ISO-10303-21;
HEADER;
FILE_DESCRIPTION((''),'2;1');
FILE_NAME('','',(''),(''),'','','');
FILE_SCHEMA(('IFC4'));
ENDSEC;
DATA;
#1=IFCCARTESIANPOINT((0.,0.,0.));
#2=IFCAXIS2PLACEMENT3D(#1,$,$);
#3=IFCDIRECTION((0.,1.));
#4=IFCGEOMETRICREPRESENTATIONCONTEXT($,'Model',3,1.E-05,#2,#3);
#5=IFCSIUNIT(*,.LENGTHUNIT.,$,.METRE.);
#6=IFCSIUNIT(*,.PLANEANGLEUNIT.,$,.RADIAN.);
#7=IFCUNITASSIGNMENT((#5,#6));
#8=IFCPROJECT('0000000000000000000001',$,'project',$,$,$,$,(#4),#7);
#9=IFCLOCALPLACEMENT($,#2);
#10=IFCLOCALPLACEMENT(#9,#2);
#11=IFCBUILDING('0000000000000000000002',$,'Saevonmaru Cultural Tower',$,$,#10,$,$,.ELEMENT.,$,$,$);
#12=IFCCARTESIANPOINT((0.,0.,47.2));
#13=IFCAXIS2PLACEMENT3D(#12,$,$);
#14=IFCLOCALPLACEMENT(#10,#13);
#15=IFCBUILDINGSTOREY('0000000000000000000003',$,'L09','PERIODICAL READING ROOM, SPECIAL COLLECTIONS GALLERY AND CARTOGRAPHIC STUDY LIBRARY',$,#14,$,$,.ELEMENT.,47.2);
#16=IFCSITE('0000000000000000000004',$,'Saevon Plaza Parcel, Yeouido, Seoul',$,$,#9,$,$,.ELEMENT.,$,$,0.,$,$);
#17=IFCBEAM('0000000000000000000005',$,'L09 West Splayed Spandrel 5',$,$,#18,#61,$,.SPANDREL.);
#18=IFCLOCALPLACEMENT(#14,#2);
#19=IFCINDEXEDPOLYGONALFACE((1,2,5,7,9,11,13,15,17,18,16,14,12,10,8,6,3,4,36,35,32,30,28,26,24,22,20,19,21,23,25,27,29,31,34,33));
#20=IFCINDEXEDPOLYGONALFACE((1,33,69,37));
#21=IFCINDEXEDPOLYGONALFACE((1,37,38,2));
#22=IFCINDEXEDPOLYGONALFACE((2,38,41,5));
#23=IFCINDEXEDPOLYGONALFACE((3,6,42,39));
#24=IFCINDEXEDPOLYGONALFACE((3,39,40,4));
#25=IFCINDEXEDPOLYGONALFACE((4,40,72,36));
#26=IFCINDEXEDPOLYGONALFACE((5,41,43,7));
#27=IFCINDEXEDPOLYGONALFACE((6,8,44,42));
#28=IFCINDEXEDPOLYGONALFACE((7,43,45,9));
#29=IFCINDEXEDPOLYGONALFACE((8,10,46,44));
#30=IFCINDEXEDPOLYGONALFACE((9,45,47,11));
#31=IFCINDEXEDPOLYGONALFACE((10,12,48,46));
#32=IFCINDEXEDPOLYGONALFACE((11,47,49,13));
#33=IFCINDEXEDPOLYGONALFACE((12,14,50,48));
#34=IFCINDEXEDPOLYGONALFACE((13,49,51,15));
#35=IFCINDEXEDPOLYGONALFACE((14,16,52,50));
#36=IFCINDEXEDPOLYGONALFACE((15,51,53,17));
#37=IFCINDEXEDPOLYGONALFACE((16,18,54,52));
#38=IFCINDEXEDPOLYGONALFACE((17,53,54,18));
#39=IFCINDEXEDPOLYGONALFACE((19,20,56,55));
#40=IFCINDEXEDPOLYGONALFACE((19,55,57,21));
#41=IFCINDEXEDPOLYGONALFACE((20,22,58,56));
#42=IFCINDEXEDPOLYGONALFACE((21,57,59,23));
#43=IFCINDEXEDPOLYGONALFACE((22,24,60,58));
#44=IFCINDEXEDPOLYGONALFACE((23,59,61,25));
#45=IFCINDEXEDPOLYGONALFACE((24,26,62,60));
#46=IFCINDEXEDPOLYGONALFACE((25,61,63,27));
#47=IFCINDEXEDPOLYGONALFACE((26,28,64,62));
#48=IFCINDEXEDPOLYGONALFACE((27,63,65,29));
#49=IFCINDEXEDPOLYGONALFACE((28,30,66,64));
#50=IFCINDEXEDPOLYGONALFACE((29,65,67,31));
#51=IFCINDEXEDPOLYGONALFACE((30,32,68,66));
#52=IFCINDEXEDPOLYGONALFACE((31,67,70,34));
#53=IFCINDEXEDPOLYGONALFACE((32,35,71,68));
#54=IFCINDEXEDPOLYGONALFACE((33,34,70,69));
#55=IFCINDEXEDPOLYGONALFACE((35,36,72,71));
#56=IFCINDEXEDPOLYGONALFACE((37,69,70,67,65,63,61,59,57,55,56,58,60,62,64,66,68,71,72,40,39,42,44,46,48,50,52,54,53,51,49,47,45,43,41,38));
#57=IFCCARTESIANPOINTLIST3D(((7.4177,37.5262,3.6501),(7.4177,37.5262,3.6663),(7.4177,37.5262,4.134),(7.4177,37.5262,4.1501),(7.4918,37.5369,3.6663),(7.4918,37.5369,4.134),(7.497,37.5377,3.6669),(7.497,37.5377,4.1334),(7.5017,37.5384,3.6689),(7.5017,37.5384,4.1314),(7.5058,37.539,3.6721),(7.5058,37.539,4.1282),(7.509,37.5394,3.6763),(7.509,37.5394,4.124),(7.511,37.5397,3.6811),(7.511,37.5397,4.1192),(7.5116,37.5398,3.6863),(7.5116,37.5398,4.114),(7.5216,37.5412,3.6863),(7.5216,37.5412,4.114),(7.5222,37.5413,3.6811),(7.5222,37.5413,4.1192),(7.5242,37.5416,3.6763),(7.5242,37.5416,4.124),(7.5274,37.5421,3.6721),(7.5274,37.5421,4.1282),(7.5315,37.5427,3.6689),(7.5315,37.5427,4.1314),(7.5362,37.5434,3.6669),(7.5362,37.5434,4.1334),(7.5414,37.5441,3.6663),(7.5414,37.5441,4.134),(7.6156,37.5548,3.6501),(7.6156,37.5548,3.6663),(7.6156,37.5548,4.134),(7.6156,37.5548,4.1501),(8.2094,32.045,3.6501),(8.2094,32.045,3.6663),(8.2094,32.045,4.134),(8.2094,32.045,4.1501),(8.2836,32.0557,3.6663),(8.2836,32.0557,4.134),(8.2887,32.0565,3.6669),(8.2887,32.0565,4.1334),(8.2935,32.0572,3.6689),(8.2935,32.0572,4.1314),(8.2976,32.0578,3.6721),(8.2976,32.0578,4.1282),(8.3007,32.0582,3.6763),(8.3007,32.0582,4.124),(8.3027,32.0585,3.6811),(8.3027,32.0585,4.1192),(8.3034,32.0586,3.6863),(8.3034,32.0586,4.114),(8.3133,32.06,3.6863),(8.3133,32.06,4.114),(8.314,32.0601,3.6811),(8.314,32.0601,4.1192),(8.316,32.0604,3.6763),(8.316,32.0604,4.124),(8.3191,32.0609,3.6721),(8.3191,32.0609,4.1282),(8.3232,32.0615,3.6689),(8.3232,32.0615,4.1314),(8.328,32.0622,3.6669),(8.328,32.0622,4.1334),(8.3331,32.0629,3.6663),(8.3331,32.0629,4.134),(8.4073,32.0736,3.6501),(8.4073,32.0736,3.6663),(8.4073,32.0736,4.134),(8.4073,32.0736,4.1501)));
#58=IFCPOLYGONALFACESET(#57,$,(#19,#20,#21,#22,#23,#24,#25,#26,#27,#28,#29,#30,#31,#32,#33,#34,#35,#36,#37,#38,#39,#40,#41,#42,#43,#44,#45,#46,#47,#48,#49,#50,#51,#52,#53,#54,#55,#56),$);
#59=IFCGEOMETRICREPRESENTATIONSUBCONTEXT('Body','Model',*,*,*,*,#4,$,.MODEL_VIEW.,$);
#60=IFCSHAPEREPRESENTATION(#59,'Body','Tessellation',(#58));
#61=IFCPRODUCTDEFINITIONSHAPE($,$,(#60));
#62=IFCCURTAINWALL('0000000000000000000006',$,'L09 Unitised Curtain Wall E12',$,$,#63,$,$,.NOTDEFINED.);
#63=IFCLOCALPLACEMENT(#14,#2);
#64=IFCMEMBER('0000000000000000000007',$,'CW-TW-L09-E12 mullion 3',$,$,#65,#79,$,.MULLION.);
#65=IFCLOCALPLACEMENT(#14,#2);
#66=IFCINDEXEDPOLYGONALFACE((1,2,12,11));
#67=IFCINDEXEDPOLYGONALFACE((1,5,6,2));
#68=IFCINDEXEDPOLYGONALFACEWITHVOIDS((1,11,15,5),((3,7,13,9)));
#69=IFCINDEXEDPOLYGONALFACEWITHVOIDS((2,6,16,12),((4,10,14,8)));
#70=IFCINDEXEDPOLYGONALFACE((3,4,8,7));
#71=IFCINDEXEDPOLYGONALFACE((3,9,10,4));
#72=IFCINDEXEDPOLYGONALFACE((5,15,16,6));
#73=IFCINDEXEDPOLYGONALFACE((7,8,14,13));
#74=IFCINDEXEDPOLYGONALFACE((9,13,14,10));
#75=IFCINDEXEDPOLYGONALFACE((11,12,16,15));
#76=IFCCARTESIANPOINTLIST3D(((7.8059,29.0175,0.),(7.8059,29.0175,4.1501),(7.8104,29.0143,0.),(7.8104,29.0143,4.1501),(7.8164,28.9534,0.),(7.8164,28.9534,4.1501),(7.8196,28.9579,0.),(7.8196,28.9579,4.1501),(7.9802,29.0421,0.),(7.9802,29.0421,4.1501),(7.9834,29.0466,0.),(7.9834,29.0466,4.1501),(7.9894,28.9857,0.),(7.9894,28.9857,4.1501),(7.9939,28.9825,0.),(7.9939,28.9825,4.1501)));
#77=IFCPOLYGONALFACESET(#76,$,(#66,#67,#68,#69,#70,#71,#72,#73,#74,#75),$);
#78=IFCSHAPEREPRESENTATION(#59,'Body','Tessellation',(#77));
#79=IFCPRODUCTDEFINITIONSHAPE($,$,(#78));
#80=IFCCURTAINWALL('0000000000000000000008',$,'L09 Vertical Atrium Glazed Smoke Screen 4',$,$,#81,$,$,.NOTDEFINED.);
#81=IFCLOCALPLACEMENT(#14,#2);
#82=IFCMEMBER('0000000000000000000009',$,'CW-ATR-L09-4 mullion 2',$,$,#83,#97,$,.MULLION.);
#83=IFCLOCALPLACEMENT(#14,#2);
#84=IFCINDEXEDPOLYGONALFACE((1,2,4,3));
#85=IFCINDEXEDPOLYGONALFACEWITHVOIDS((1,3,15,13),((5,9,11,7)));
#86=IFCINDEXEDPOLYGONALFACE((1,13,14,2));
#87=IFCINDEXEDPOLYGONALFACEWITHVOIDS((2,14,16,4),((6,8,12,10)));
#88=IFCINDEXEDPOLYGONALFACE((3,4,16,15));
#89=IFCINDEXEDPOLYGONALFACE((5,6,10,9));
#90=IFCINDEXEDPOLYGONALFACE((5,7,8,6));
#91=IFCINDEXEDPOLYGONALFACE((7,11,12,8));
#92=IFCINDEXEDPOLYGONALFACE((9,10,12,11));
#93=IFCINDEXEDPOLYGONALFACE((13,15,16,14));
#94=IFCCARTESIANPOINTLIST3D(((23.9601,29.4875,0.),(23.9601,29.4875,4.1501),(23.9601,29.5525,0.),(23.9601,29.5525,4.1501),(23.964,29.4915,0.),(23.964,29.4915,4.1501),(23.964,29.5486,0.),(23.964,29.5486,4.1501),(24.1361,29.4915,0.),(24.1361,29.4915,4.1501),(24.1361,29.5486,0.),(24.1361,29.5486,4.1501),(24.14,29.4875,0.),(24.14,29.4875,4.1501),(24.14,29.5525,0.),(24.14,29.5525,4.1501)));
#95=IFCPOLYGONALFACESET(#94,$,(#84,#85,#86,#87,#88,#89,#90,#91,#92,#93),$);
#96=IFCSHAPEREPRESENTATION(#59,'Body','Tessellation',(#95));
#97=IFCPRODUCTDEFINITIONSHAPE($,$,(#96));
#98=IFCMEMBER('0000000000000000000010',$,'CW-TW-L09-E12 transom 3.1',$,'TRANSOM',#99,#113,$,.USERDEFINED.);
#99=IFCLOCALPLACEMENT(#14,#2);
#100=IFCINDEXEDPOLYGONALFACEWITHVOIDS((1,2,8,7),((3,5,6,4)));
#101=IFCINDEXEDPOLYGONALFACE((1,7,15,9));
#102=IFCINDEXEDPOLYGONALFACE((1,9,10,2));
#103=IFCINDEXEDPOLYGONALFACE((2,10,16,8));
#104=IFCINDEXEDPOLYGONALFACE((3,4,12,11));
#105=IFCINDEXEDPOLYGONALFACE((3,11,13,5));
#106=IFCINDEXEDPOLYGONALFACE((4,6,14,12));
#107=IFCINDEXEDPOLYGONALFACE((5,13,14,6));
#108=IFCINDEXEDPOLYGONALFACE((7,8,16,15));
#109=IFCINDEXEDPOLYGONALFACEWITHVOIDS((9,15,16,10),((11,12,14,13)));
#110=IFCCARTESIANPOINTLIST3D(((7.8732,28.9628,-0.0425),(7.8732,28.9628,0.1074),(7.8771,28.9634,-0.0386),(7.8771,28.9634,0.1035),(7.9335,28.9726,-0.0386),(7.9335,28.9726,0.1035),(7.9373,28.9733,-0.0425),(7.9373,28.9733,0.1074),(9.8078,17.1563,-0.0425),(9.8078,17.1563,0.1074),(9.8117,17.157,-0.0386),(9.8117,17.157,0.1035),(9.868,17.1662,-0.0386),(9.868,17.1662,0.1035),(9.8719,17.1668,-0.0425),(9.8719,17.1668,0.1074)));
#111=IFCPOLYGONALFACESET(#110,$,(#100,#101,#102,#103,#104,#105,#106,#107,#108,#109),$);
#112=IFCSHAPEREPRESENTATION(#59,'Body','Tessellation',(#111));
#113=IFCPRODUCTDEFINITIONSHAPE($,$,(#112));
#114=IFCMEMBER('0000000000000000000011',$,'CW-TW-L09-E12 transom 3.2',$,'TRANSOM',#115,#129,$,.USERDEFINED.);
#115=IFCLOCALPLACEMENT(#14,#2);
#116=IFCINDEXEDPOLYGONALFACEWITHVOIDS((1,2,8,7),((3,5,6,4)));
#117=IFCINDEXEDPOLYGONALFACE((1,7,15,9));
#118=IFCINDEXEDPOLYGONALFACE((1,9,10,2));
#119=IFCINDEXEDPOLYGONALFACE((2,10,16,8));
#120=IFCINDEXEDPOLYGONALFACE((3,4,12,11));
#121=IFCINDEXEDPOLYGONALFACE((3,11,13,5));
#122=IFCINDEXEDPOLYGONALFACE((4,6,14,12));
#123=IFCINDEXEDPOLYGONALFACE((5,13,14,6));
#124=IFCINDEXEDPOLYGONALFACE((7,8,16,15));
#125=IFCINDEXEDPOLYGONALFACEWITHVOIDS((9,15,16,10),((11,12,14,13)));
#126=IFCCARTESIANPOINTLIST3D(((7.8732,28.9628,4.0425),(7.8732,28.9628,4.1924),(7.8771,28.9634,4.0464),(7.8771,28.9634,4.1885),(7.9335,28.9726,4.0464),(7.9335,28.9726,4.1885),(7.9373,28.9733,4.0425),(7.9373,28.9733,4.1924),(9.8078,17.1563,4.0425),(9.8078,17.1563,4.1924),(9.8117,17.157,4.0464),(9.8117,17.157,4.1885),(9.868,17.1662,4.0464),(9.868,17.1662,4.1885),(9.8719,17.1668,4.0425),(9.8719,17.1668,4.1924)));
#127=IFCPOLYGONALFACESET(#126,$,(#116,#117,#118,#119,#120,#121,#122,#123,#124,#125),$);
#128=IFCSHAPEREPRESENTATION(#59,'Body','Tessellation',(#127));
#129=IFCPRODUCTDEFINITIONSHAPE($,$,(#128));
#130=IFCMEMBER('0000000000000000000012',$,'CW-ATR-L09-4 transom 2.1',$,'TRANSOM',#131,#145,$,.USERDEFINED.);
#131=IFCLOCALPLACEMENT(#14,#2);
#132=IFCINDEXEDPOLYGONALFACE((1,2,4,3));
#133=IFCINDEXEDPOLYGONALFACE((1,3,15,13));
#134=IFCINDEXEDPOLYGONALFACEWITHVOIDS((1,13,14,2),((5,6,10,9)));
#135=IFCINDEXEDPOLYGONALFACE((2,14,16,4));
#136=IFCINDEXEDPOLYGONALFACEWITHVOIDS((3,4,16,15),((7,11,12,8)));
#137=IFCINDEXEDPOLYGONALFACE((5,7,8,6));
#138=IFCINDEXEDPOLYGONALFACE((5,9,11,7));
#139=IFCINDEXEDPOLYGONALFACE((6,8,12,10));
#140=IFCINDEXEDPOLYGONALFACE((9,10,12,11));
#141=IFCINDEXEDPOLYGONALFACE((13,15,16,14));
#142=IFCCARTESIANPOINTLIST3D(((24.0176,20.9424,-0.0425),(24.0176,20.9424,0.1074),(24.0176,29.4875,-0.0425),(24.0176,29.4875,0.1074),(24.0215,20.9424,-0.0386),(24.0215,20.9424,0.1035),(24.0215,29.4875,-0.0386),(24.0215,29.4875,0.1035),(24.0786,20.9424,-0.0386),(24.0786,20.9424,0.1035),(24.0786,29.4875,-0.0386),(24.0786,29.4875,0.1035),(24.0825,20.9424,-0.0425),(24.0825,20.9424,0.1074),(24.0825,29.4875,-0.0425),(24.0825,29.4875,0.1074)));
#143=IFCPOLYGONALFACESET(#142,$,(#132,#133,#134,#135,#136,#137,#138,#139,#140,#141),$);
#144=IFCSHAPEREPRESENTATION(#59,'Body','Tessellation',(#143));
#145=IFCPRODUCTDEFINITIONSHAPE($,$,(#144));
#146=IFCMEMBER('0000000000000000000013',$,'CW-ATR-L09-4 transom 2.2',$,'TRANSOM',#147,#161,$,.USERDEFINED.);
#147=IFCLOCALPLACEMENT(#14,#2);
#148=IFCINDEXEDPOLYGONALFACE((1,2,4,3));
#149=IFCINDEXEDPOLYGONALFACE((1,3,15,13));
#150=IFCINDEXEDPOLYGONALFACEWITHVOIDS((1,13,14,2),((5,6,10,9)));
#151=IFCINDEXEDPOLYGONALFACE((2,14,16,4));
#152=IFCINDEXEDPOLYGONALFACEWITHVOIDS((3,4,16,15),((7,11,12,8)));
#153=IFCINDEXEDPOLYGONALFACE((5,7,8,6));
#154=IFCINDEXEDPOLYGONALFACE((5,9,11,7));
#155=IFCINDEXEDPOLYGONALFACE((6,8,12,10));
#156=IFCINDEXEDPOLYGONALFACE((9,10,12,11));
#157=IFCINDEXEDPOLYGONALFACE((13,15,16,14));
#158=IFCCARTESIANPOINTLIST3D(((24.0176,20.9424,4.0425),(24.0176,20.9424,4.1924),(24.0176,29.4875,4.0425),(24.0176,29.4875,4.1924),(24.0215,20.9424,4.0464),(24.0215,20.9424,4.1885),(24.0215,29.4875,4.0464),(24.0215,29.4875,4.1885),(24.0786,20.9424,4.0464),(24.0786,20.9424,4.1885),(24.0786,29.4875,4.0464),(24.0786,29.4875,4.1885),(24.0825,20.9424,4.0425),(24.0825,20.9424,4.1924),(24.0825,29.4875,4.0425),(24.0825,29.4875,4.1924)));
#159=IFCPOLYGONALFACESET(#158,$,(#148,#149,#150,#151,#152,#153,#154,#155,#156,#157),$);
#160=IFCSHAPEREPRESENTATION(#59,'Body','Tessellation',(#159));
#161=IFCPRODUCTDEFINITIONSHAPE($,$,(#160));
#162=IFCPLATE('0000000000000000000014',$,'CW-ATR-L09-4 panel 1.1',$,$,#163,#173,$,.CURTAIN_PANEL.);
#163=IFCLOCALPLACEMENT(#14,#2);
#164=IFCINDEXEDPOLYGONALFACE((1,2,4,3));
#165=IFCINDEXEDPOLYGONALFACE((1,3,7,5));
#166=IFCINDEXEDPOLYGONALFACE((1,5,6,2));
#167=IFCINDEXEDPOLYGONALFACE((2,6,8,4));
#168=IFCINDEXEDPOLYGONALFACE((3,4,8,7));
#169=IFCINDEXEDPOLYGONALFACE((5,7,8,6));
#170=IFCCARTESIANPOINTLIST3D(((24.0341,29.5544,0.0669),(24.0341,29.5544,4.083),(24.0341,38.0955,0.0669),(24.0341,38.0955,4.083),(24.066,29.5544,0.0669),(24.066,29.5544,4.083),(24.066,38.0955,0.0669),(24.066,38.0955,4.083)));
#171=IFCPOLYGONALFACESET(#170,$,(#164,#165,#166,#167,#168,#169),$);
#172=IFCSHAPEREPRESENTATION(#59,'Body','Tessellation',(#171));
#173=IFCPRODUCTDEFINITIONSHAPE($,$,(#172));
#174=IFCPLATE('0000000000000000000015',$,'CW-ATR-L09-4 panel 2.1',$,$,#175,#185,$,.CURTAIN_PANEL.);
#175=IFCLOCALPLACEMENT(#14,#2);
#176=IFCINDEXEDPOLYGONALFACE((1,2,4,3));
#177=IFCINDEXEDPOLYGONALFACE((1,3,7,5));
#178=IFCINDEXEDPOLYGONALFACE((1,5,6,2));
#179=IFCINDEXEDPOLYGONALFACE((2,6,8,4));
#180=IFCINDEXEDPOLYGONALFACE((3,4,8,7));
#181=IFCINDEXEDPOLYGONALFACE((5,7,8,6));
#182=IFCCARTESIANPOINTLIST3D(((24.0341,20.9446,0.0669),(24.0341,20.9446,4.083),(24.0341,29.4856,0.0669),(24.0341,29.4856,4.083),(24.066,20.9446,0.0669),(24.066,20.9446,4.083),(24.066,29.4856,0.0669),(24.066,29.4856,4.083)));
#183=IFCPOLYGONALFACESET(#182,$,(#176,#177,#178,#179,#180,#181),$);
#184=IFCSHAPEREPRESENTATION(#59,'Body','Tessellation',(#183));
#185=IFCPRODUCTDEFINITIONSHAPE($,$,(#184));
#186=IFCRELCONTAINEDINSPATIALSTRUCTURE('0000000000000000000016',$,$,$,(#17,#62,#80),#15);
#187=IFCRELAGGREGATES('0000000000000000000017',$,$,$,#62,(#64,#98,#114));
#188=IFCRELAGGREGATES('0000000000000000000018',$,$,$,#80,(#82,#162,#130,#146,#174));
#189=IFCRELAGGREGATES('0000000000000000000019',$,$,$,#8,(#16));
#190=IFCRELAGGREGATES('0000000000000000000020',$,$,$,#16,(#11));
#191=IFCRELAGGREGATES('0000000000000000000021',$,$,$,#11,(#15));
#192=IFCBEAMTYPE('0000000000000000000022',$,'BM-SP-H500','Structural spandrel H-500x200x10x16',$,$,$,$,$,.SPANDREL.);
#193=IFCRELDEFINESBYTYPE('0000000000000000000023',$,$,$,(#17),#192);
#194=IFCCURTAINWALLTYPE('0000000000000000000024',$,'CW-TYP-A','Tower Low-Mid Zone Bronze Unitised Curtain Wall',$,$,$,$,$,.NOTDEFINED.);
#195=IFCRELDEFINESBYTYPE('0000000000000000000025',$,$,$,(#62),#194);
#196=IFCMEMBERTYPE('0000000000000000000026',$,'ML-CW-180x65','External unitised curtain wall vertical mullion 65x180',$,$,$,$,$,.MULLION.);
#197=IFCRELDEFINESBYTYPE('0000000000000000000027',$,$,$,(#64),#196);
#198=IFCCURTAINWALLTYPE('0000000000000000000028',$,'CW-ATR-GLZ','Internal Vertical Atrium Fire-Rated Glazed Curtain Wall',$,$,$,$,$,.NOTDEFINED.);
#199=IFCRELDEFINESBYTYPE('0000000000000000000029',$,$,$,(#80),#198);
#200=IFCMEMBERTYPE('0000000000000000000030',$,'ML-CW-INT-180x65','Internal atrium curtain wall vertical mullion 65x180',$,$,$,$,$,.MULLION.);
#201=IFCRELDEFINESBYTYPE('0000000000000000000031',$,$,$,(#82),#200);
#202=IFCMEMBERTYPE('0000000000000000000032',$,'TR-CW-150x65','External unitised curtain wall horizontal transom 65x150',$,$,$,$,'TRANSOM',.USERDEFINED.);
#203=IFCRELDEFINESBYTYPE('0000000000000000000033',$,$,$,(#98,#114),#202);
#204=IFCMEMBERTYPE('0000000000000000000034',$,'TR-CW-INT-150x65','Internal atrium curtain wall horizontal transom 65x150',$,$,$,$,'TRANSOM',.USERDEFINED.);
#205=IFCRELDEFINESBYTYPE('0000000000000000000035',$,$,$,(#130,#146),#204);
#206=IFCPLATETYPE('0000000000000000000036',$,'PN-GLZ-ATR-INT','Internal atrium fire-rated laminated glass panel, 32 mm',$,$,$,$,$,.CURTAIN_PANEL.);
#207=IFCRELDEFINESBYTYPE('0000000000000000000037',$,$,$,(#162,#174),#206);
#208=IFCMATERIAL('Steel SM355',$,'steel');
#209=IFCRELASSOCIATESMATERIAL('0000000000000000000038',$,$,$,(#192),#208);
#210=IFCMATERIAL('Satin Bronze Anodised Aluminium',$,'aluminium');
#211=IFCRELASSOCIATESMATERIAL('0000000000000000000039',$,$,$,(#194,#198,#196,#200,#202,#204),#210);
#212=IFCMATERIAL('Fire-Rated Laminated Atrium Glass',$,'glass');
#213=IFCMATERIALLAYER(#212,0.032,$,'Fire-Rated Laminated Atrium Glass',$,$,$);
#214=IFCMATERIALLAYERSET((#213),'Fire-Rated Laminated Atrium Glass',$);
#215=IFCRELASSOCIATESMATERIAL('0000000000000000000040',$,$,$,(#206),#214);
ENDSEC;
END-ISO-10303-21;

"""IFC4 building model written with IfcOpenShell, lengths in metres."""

from ifc_helpers import new_model, si_unit, direction, frame, origin, origin_2d, place, context, subcontext, project, spatial, rectangle, hollow_rectangle, i_section, extrude, material, layer, layer_set, material_profile, profile_set, type_object, element, aggregate, save


model = new_model("IFC4")

# Units and contexts
model_context = context("Model", 3, precision=1e-05, world=origin(), true_north=direction((0.0, 1.0)))
body_context = subcontext(model_context, "Body", "Model", "MODEL_VIEW")
ifc_project = project(units=[si_unit("LENGTHUNIT", "METRE"), si_unit("PLANEANGLEUNIT", "RADIAN")], contexts=[model_context])

# Site, building, storey
site_placement = place(None, origin())
site = spatial("IfcSite", under=ifc_project, at=site_placement, Name="Saevon Plaza Parcel, Yeouido, Seoul", CompositionType="ELEMENT", RefElevation=0.0)
building_placement = place(site_placement, origin())
building = spatial("IfcBuilding", under=site, at=building_placement, Name="Saevonmaru Cultural Tower", CompositionType="ELEMENT")
storey_placement = place(building_placement, frame((0.0, 0.0, 47.2)))
storey = spatial("IfcBuildingStorey", under=building, at=storey_placement, Name="L09", Description="PERIODICAL READING ROOM, SPECIAL COLLECTIONS GALLERY AND CARTOGRAPHIC STUDY LIBRARY", CompositionType="ELEMENT", Elevation=47.2)

# Beam
ifc_material_1 = material(Name="Steel SM355", Category="steel")
ifc_material_profile_1 = material_profile(ifc_material_1, i_section(OverallWidth=0.2, OverallDepth=0.5, WebThickness=0.01, FlangeThickness=0.0161, FilletRadius=0.02, at=origin_2d()), Name="H-500x200x10x16")
ifc_profile_set_1 = profile_set([ifc_material_profile_1], Name="Steel SM355")
beam_type_1 = type_object("IfcBeamType", Name="BM-SP-H500", Description="Structural spandrel H-500x200x10x16", PredefinedType="SPANDREL", material=ifc_profile_set_1)
beam_1_placement = place(storey_placement, frame((8.3083, 32.0593, 3.9001), z_axis=(-0.142964, 0.989728, 0.0), x_axis=(-0.989728, -0.142964, 0.0)))
element("IfcBeam", 1, at=beam_1_placement, inside=storey, type_object=beam_type_1, Name="L09 West Splayed Spandrel 5", PredefinedType="SPANDREL", context=body_context, shape_type="SweptSolid", body=[
    extrude(i_section(OverallWidth=0.2, OverallDepth=0.5, WebThickness=0.01, FlangeThickness=0.0161, FilletRadius=0.02, at=origin_2d()), origin(), (0.0, 0.0, 1.0), 5.5381),
])

# Curtain walls, members
ifc_material_2 = material(Name="Satin Bronze Anodised Aluminium", Category="aluminium")
curtain_wall_type_1 = type_object("IfcCurtainWallType", Name="CW-TYP-A", Description="Tower Low-Mid Zone Bronze Unitised Curtain Wall", PredefinedType="NOTDEFINED", material=ifc_material_2)
curtain_wall_1_placement = place(storey_placement, origin())
curtain_wall_1 = element("IfcCurtainWall", 2, at=curtain_wall_1_placement, inside=storey, type_object=curtain_wall_type_1, Name="L09 Unitised Curtain Wall E12", PredefinedType="NOTDEFINED")
ifc_material_profile_2 = material_profile(ifc_material_2, hollow_rectangle(XDim=0.0649, YDim=0.1799, WallThickness=0.0039, at=origin_2d()), Name="ALU-MULL-180x65x4")
ifc_profile_set_2 = profile_set([ifc_material_profile_2], Name="Satin Bronze Anodised Aluminium")
member_type_1 = type_object("IfcMemberType", Name="ML-CW-180x65", Description="External unitised curtain wall vertical mullion 65x180", PredefinedType="MULLION", material=ifc_profile_set_2)
member_1_placement = place(storey_placement, frame((7.8999, 29.0, 0.0), z_axis=(0.0, 0.0, 1.0), x_axis=(0.161709, -0.986839, 0.0)))
member_1 = element("IfcMember", 3, at=member_1_placement, type_object=member_type_1, Name="CW-TW-L09-E12 mullion 3", PredefinedType="MULLION", context=body_context, shape_type="SweptSolid", body=[
    extrude(hollow_rectangle(XDim=0.0649, YDim=0.1799, WallThickness=0.0039, at=origin_2d()), origin(), (0.0, 0.0, 1.0), 4.1501),
])
curtain_wall_type_2 = type_object("IfcCurtainWallType", Name="CW-ATR-GLZ", Description="Internal Vertical Atrium Fire-Rated Glazed Curtain Wall", PredefinedType="NOTDEFINED", material=ifc_material_2)
curtain_wall_2_placement = place(storey_placement, origin())
curtain_wall_2 = element("IfcCurtainWall", 4, at=curtain_wall_2_placement, inside=storey, type_object=curtain_wall_type_2, Name="L09 Vertical Atrium Glazed Smoke Screen 4", PredefinedType="NOTDEFINED")
ifc_material_profile_3 = material_profile(ifc_material_2, hollow_rectangle(XDim=0.0649, YDim=0.1799, WallThickness=0.0039, at=origin_2d()), Name="ALU-MULL-180x65x4")
ifc_profile_set_3 = profile_set([ifc_material_profile_3], Name="Satin Bronze Anodised Aluminium")
member_type_2 = type_object("IfcMemberType", Name="ML-CW-INT-180x65", Description="Internal atrium curtain wall vertical mullion 65x180", PredefinedType="MULLION", material=ifc_profile_set_3)
member_2_placement = place(storey_placement, frame((24.05, 29.52, 0.0), z_axis=(0.0, 0.0, 1.0), x_axis=(0.0, -1.0, 0.0)))
member_2 = element("IfcMember", 5, at=member_2_placement, type_object=member_type_2, Name="CW-ATR-L09-4 mullion 2", PredefinedType="MULLION", context=body_context, shape_type="SweptSolid", body=[
    extrude(hollow_rectangle(XDim=0.0649, YDim=0.1799, WallThickness=0.0039, at=origin_2d()), origin(), (0.0, 0.0, 1.0), 4.1501),
])

# Members
ifc_material_profile_4 = material_profile(ifc_material_2, hollow_rectangle(XDim=0.0649, YDim=0.1499, WallThickness=0.0039, at=origin_2d()), Name="ALU-TRAN-150x65x4")
ifc_profile_set_4 = profile_set([ifc_material_profile_4], Name="Satin Bronze Anodised Aluminium")
member_type_3 = type_object("IfcMemberType", Name="TR-CW-150x65", Description="External unitised curtain wall horizontal transom 65x150", ElementType="TRANSOM", PredefinedType="USERDEFINED", material=ifc_profile_set_4)
member_3_placement = place(storey_placement, frame((7.9053, 28.968, 0.0325), z_axis=(0.161701, -0.98684, 0.0), x_axis=(0.98684, 0.161701, 0.0)))
member_3 = element("IfcMember", 6, at=member_3_placement, type_object=member_type_3, Name="CW-TW-L09-E12 transom 3.1", ObjectType="TRANSOM", PredefinedType="USERDEFINED", context=body_context, shape_type="SweptSolid", body=[
    extrude(hollow_rectangle(XDim=0.0649, YDim=0.1499, WallThickness=0.0039, at=origin_2d()), origin(), (0.0, 0.0, 1.0), 11.9639),
])
member_4_placement = place(storey_placement, frame((7.9053, 28.968, 4.1174), z_axis=(0.161701, -0.98684, 0.0), x_axis=(0.98684, 0.161701, 0.0)))
member_4 = element("IfcMember", 7, at=member_4_placement, type_object=member_type_3, Name="CW-TW-L09-E12 transom 3.2", ObjectType="TRANSOM", PredefinedType="USERDEFINED", context=body_context, shape_type="SweptSolid", body=[
    extrude(hollow_rectangle(XDim=0.0649, YDim=0.1499, WallThickness=0.0039, at=origin_2d()), origin(), (0.0, 0.0, 1.0), 11.9639),
])
aggregate(curtain_wall_1, [member_1, member_3, member_4])
ifc_material_profile_5 = material_profile(ifc_material_2, hollow_rectangle(XDim=0.0649, YDim=0.1499, WallThickness=0.0039, at=origin_2d()), Name="ALU-TRAN-150x65x4")
ifc_profile_set_5 = profile_set([ifc_material_profile_5], Name="Satin Bronze Anodised Aluminium")
member_type_4 = type_object("IfcMemberType", Name="TR-CW-INT-150x65", Description="Internal atrium curtain wall horizontal transom 65x150", ElementType="TRANSOM", PredefinedType="USERDEFINED", material=ifc_profile_set_5)
member_5_placement = place(storey_placement, frame((24.05, 29.4875, 0.0325), z_axis=(0.0, -1.0, 0.0), x_axis=(1.0, 0.0, 0.0)))
member_5 = element("IfcMember", 8, at=member_5_placement, type_object=member_type_4, Name="CW-ATR-L09-4 transom 2.1", ObjectType="TRANSOM", PredefinedType="USERDEFINED", context=body_context, shape_type="SweptSolid", body=[
    extrude(hollow_rectangle(XDim=0.0649, YDim=0.1499, WallThickness=0.0039, at=origin_2d()), origin(), (0.0, 0.0, 1.0), 8.5452),
])
member_6_placement = place(storey_placement, frame((24.05, 29.4875, 4.1174), z_axis=(0.0, -1.0, 0.0), x_axis=(1.0, 0.0, 0.0)))
member_6 = element("IfcMember", 9, at=member_6_placement, type_object=member_type_4, Name="CW-ATR-L09-4 transom 2.2", ObjectType="TRANSOM", PredefinedType="USERDEFINED", context=body_context, shape_type="SweptSolid", body=[
    extrude(hollow_rectangle(XDim=0.0649, YDim=0.1499, WallThickness=0.0039, at=origin_2d()), origin(), (0.0, 0.0, 1.0), 8.5452),
])

# Plates
ifc_material_3 = material(Name="Fire-Rated Laminated Atrium Glass", Category="glass")
ifc_layer_1 = layer(ifc_material_3, 0.032, Name="Fire-Rated Laminated Atrium Glass")
ifc_layer_set_1 = layer_set([ifc_layer_1], Name="Fire-Rated Laminated Atrium Glass")
plate_type = type_object("IfcPlateType", Name="PN-GLZ-ATR-INT", Description="Internal atrium fire-rated laminated glass panel, 32 mm", PredefinedType="CURTAIN_PANEL", material=ifc_layer_set_1)
plate_1_placement = place(storey_placement, frame((24.05, 33.825, 0.0669), z_axis=(0.0, 0.0, 1.0), x_axis=(0.0, -1.0, 0.0)))
plate_1 = element("IfcPlate", 10, at=plate_1_placement, type_object=plate_type, Name="CW-ATR-L09-4 panel 1.1", PredefinedType="CURTAIN_PANEL", context=body_context, shape_type="SweptSolid", body=[
    extrude(rectangle(XDim=8.541, YDim=0.032, at=origin_2d()), origin(), (0.0, 0.0, 1.0), 4.0161),
])
plate_2_placement = place(storey_placement, frame((24.05, 25.2151, 0.0669), z_axis=(0.0, 0.0, 1.0), x_axis=(0.0, -1.0, 0.0)))
plate_2 = element("IfcPlate", 11, at=plate_2_placement, type_object=plate_type, Name="CW-ATR-L09-4 panel 2.1", PredefinedType="CURTAIN_PANEL", context=body_context, shape_type="SweptSolid", body=[
    extrude(rectangle(XDim=8.541, YDim=0.032, at=origin_2d()), origin(), (0.0, 0.0, 1.0), 4.0161),
])
aggregate(curtain_wall_2, [member_2, plate_1, member_5, member_6, plate_2])

save(model, "model.ifc")
